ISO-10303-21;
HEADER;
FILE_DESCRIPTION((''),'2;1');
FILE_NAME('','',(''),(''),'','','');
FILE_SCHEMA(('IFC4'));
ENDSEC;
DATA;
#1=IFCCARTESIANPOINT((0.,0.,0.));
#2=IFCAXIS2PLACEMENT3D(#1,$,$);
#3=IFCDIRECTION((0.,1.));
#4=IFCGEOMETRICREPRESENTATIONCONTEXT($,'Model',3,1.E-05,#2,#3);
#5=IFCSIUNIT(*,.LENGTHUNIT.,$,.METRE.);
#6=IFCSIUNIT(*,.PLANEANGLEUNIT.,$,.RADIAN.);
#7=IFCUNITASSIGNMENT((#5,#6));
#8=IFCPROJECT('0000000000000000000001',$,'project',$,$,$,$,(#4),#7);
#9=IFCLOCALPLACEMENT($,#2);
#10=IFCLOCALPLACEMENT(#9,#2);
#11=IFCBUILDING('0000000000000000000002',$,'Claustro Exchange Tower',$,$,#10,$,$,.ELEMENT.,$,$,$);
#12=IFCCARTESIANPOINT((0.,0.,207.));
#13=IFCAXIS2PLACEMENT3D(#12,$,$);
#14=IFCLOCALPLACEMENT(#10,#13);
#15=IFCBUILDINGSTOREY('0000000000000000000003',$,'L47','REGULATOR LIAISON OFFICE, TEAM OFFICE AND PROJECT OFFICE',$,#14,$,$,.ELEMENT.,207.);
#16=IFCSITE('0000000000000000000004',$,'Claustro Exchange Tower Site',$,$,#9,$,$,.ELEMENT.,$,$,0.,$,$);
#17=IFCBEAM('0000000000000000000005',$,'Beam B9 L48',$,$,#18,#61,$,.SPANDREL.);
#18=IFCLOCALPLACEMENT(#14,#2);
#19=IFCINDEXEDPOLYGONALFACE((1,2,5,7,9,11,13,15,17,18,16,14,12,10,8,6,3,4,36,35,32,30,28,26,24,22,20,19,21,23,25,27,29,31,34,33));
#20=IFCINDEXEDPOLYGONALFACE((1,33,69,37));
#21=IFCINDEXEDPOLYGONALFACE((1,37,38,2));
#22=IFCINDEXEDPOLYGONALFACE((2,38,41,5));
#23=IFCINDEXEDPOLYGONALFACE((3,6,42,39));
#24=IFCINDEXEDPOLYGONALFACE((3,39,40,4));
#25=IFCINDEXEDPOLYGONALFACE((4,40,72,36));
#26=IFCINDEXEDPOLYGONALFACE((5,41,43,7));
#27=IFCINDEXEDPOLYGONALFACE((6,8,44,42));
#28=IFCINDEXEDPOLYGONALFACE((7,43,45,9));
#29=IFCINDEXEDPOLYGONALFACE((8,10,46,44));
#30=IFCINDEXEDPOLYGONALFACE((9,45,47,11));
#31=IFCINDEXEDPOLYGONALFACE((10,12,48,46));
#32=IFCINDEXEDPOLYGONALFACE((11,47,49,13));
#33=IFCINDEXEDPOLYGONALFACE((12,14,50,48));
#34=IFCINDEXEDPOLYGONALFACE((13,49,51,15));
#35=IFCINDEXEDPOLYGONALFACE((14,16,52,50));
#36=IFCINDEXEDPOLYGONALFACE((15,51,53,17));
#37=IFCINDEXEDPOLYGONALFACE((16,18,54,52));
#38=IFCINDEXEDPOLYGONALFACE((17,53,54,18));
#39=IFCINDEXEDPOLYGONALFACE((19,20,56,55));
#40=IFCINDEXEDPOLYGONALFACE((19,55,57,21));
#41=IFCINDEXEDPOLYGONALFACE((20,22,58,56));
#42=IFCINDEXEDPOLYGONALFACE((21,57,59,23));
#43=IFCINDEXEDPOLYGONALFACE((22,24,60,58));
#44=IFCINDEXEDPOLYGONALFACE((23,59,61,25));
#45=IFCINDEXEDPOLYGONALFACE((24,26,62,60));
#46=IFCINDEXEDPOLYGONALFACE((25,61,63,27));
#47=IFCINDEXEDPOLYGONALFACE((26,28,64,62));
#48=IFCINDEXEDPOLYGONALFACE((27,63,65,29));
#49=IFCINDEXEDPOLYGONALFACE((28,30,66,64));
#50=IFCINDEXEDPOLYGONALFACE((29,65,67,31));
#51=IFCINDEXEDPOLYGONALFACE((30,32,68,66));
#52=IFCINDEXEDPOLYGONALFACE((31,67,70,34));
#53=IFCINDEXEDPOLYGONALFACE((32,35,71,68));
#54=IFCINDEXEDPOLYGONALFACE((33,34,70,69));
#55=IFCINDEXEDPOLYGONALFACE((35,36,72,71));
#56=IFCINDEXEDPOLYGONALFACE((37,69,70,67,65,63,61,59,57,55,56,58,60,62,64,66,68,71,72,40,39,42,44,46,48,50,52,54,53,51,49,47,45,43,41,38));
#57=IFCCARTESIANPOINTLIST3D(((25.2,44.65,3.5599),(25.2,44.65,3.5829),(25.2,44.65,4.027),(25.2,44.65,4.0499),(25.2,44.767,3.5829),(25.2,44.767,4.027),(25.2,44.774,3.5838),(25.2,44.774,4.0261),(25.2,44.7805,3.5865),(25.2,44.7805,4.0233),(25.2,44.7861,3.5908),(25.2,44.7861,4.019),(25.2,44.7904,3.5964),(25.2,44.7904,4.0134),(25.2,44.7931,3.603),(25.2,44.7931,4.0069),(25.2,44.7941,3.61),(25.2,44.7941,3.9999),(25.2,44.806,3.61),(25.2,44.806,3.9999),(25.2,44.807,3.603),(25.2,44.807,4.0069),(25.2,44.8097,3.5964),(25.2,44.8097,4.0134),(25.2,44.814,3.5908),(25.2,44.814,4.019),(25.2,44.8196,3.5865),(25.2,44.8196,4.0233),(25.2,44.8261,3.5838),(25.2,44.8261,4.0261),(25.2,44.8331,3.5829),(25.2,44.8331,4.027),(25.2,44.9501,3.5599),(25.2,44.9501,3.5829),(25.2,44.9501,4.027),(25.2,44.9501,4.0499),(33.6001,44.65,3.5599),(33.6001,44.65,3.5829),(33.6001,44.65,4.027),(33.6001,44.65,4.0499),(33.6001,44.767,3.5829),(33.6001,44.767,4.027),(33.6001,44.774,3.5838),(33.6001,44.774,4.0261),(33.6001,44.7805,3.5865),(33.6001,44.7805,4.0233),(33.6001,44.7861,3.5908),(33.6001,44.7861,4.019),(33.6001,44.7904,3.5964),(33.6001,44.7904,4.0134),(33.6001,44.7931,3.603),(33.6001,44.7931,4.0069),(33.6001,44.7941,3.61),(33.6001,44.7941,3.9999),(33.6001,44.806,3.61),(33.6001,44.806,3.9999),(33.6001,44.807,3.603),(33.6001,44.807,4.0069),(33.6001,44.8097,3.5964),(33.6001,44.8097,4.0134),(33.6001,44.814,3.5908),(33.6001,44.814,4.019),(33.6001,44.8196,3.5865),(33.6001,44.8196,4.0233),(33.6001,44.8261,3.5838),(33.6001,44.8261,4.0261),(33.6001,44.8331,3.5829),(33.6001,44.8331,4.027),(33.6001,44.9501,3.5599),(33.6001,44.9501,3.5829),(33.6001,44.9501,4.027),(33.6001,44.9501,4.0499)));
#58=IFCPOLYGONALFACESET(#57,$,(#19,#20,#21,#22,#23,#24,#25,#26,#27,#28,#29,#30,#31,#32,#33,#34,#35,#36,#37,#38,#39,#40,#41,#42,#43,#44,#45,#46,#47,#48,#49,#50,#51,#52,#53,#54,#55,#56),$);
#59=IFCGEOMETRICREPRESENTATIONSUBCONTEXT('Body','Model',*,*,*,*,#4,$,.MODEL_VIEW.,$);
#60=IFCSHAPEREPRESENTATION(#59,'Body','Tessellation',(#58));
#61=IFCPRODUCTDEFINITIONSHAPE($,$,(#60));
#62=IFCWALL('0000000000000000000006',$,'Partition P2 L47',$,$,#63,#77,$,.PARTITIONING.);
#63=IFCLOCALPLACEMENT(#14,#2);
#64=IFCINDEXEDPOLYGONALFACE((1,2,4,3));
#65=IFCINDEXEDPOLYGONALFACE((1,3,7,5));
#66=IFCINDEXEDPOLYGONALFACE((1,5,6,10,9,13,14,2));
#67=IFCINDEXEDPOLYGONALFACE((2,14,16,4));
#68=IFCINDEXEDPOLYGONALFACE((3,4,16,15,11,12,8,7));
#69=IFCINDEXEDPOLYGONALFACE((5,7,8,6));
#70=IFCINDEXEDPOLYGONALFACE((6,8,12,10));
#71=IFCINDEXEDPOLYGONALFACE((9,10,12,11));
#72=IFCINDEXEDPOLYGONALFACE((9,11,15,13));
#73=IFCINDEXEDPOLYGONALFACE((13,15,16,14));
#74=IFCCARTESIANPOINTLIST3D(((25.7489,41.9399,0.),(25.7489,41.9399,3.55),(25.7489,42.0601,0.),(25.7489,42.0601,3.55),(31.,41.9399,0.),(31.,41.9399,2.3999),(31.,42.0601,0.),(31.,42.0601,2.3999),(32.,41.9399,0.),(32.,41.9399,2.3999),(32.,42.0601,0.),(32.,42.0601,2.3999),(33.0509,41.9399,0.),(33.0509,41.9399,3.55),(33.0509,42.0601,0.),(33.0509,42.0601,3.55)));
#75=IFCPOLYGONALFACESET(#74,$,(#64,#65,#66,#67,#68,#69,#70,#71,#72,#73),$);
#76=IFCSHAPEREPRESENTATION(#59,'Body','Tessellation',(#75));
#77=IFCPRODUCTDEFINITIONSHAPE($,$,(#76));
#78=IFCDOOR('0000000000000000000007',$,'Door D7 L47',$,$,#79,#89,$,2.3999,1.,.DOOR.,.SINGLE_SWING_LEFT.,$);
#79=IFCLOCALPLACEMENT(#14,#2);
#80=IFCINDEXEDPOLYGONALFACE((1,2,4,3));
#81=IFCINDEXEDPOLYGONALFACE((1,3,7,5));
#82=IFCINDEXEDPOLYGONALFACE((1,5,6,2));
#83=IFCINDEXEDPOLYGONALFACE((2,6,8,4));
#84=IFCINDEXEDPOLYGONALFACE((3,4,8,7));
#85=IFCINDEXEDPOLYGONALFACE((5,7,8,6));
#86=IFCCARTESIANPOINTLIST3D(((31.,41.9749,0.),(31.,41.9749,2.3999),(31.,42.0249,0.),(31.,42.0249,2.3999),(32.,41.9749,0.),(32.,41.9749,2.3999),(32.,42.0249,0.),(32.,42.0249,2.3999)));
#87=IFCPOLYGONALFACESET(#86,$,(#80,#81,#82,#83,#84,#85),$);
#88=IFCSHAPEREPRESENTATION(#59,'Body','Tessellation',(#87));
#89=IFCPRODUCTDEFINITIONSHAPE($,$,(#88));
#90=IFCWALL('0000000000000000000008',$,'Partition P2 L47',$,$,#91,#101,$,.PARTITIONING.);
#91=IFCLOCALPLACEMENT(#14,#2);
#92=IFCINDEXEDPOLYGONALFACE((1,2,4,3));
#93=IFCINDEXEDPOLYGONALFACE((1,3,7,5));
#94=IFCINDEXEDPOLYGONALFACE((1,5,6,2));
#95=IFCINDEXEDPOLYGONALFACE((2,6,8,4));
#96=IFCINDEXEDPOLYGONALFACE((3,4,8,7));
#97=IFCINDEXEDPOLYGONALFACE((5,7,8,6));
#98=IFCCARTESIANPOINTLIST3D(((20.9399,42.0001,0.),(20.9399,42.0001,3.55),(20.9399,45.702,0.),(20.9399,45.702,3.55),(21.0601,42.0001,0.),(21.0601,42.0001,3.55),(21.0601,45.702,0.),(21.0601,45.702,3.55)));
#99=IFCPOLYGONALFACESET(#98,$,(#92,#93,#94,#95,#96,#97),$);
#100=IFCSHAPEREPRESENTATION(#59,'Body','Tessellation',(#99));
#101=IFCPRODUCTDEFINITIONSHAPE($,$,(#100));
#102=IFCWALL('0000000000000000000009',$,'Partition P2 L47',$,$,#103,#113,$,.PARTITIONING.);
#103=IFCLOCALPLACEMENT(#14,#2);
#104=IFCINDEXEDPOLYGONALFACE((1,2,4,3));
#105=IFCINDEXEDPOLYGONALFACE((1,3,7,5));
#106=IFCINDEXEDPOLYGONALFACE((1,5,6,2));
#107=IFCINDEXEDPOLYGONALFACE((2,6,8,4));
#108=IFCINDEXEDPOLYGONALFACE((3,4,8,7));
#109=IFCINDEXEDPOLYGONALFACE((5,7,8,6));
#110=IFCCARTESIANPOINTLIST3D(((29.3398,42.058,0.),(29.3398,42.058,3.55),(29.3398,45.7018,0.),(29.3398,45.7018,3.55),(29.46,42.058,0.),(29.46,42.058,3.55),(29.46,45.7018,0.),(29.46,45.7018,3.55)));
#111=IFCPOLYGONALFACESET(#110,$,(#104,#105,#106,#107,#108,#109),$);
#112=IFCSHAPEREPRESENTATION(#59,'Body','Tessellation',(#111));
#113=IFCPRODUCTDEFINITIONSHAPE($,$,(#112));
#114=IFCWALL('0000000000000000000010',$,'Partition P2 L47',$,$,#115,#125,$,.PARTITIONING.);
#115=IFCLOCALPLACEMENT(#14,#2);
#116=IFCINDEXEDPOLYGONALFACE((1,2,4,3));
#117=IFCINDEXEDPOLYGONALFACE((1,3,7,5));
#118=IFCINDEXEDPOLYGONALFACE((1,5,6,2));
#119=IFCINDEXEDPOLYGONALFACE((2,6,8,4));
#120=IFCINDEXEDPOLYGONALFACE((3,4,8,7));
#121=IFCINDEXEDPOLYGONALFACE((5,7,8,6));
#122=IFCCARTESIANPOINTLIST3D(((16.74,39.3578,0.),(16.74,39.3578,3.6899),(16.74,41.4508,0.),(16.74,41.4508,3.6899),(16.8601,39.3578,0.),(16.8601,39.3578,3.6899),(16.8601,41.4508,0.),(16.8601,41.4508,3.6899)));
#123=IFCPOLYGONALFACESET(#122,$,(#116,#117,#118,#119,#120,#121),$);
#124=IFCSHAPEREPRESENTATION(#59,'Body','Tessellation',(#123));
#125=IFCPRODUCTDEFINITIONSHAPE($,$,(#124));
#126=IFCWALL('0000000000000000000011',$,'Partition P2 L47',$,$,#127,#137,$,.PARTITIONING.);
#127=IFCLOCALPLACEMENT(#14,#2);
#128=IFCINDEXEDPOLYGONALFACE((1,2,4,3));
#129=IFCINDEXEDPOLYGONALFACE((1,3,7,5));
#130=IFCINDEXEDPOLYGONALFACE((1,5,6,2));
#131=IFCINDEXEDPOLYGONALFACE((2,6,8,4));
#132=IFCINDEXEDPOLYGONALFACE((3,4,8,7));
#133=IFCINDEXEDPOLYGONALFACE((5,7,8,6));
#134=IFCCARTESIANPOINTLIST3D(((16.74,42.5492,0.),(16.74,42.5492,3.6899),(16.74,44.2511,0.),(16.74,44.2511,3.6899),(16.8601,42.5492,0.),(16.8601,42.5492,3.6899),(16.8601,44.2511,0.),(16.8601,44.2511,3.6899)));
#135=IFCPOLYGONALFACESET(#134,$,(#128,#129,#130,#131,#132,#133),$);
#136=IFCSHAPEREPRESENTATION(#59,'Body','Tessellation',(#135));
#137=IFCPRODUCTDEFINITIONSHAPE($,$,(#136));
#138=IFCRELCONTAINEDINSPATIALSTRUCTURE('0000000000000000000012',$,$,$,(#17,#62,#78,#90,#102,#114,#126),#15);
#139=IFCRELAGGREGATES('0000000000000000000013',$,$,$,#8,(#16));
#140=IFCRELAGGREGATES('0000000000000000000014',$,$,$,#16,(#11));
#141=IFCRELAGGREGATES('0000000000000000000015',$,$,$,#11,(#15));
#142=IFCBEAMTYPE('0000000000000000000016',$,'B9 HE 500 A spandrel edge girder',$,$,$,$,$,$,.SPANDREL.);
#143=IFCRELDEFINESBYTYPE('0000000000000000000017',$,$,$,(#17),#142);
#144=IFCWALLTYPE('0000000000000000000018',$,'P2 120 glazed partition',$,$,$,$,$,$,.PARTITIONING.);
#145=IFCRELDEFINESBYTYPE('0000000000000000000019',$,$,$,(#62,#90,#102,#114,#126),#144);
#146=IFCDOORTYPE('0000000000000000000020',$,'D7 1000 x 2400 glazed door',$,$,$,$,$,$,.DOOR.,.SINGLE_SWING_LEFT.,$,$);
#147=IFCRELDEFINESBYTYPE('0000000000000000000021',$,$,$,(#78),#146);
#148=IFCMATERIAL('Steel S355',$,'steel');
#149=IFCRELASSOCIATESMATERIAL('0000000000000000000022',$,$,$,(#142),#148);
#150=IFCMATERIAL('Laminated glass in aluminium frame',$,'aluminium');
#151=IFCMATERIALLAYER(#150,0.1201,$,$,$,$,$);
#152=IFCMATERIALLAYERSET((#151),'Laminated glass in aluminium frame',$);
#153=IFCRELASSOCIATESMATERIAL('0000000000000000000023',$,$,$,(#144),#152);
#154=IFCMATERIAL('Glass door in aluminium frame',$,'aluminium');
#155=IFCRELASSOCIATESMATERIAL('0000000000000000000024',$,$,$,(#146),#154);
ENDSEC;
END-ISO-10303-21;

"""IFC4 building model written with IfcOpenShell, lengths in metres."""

from ifc_helpers import new_model, si_unit, direction, frame, frame_2d, origin, origin_2d, place, context, subcontext, project, spatial, rectangle, i_section, extrude, material, layer, layer_set, material_profile, profile_set, type_object, element, fill, save


model = new_model("IFC4")

# Units and contexts
model_context = context("Model", 3, precision=1e-05, world=origin(), true_north=direction((0.0, 1.0)))
body_context = subcontext(model_context, "Body", "Model", "MODEL_VIEW")
ifc_project = project(units=[si_unit("LENGTHUNIT", "METRE"), si_unit("PLANEANGLEUNIT", "RADIAN")], contexts=[model_context])

# Site, building, storey
site_placement = place(None, origin())
site = spatial("IfcSite", under=ifc_project, at=site_placement, Name="Claustro Exchange Tower Site", CompositionType="ELEMENT", RefElevation=0.0)
building_placement = place(site_placement, origin())
building = spatial("IfcBuilding", under=site, at=building_placement, Name="Claustro Exchange Tower", CompositionType="ELEMENT")
storey_placement = place(building_placement, frame((0.0, 0.0, 207.0)))
storey = spatial("IfcBuildingStorey", under=building, at=storey_placement, Name="L47", Description="REGULATOR LIAISON OFFICE, TEAM OFFICE AND PROJECT OFFICE", CompositionType="ELEMENT", Elevation=207.0)

# Beam
ifc_material_1 = material(Name="Steel S355", Category="steel")
ifc_material_profile_1 = material_profile(ifc_material_1, i_section(OverallWidth=0.3, OverallDepth=0.49, WebThickness=0.012, FlangeThickness=0.0229, FilletRadius=0.0271, at=origin_2d()), Name="HE 500 A")
ifc_profile_set_1 = profile_set([ifc_material_profile_1], Name="Steel S355")
beam_type_1 = type_object("IfcBeamType", Name="B9 HE 500 A spandrel edge girder", PredefinedType="SPANDREL", material=ifc_profile_set_1)
beam_1_placement = place(storey_placement, frame((25.2, 44.8, 3.8049), z_axis=(1.0, 0.0, 0.0), x_axis=(0.0, 1.0, 0.0)))
element("IfcBeam", 1, at=beam_1_placement, inside=storey, type_object=beam_type_1, Name="Beam B9 L48", PredefinedType="SPANDREL", context=body_context, shape_type="SweptSolid", body=[
    extrude(i_section(OverallWidth=0.3, OverallDepth=0.49, WebThickness=0.012, FlangeThickness=0.0229, FilletRadius=0.0271, at=origin_2d()), origin(), (0.0, 0.0, 1.0), 8.4001),
])

# Wall, opening, door
ifc_material_2 = material(Name="Laminated glass in aluminium frame", Category="aluminium")
ifc_layer_1 = layer(ifc_material_2, 0.1201)
ifc_layer_set_1 = layer_set([ifc_layer_1], Name="Laminated glass in aluminium frame")
wall_type_1 = type_object("IfcWallType", Name="P2 120 glazed partition", PredefinedType="PARTITIONING", material=ifc_layer_set_1)
ifc_material_3 = material(Name="Glass door in aluminium frame", Category="aluminium")
door_type = type_object("IfcDoorType", Name="D7 1000 x 2400 glazed door", OperationType="SINGLE_SWING_LEFT", PredefinedType="DOOR", material=ifc_material_3)
wall_1_placement = place(storey_placement, frame((25.749, 42.0, 0.0), z_axis=(0.0, 0.0, 1.0), x_axis=(1.0, 0.0, 0.0)))
wall_1 = element("IfcWall", 2, at=wall_1_placement, inside=storey, type_object=wall_type_1, Name="Partition P2 L47", PredefinedType="PARTITIONING", context=body_context, shape_type="SweptSolid", body=[
    extrude(rectangle(XDim=7.302, YDim=0.1201, at=frame_2d((3.6509, 0.0))), origin(), (0.0, 0.0, 1.0), 3.55),
])
opening_1_placement = place(wall_1_placement, frame((5.251, 0.0, 0.0)))
opening_1 = element("IfcOpeningElement", 3, at=opening_1_placement, cuts=wall_1, PredefinedType="OPENING", context=body_context, shape_type="SweptSolid", body=[
    extrude(rectangle(XDim=1.0, YDim=2.3999, at=frame_2d((0.5, 1.2))), frame((0.0, 0.0701, 0.0), z_axis=(0.0, -1.0, 0.0), x_axis=(1.0, 0.0, 0.0)), (0.0, 0.0, 1.0), 0.1401),
])
door_1_placement = place(opening_1_placement, origin())
door_1 = element("IfcDoor", 4, at=door_1_placement, inside=storey, type_object=door_type, Name="Door D7 L47", OperationType="SINGLE_SWING_LEFT", OverallHeight=2.3999, OverallWidth=1.0, PredefinedType="DOOR", context=body_context, shape_type="SweptSolid", body=[
    extrude(rectangle(XDim=1.0, YDim=2.3999, at=frame_2d((0.5, 1.2))), frame((0.0, 0.0249, 0.0), z_axis=(0.0, -1.0, 0.0), x_axis=(1.0, 0.0, 0.0)), (0.0, 0.0, 1.0), 0.05),
])
fill(opening_1, door_1)

# Walls
wall_2_placement = place(storey_placement, frame((21.0, 42.0, 0.0), z_axis=(0.0, 0.0, 1.0), x_axis=(0.0, 1.0, 0.0)))
element("IfcWall", 5, at=wall_2_placement, inside=storey, type_object=wall_type_1, Name="Partition P2 L47", PredefinedType="PARTITIONING", context=body_context, shape_type="SweptSolid", body=[
    extrude(rectangle(XDim=3.7019, YDim=0.1201, at=frame_2d((1.8511, 0.0))), origin(), (0.0, 0.0, 1.0), 3.55),
])
wall_3_placement = place(storey_placement, frame((29.3999, 42.0581, 0.0), z_axis=(0.0, 0.0, 1.0), x_axis=(0.0, 1.0, 0.0)))
element("IfcWall", 6, at=wall_3_placement, inside=storey, type_object=wall_type_1, Name="Partition P2 L47", PredefinedType="PARTITIONING", context=body_context, shape_type="SweptSolid", body=[
    extrude(rectangle(XDim=3.6438, YDim=0.1201, at=frame_2d((1.8218, 0.0))), origin(), (0.0, 0.0, 1.0), 3.55),
])
wall_4_placement = place(storey_placement, frame((16.8, 39.3579, 0.0), z_axis=(0.0, 0.0, 1.0), x_axis=(0.0, 1.0, 0.0)))
element("IfcWall", 7, at=wall_4_placement, inside=storey, type_object=wall_type_1, Name="Partition P2 L47", PredefinedType="PARTITIONING", context=body_context, shape_type="SweptSolid", body=[
    extrude(rectangle(XDim=2.093, YDim=0.1201, at=frame_2d((1.0464, 0.0))), origin(), (0.0, 0.0, 1.0), 3.6899),
])
wall_5_placement = place(storey_placement, frame((16.8, 42.5491, 0.0), z_axis=(0.0, 0.0, 1.0), x_axis=(0.0, 1.0, 0.0)))
element("IfcWall", 8, at=wall_5_placement, inside=storey, type_object=wall_type_1, Name="Partition P2 L47", PredefinedType="PARTITIONING", context=body_context, shape_type="SweptSolid", body=[
    extrude(rectangle(XDim=1.7019, YDim=0.1201, at=frame_2d((0.8511, 0.0))), origin(), (0.0, 0.0, 1.0), 3.6899),
])

save(model, "model.ifc")
